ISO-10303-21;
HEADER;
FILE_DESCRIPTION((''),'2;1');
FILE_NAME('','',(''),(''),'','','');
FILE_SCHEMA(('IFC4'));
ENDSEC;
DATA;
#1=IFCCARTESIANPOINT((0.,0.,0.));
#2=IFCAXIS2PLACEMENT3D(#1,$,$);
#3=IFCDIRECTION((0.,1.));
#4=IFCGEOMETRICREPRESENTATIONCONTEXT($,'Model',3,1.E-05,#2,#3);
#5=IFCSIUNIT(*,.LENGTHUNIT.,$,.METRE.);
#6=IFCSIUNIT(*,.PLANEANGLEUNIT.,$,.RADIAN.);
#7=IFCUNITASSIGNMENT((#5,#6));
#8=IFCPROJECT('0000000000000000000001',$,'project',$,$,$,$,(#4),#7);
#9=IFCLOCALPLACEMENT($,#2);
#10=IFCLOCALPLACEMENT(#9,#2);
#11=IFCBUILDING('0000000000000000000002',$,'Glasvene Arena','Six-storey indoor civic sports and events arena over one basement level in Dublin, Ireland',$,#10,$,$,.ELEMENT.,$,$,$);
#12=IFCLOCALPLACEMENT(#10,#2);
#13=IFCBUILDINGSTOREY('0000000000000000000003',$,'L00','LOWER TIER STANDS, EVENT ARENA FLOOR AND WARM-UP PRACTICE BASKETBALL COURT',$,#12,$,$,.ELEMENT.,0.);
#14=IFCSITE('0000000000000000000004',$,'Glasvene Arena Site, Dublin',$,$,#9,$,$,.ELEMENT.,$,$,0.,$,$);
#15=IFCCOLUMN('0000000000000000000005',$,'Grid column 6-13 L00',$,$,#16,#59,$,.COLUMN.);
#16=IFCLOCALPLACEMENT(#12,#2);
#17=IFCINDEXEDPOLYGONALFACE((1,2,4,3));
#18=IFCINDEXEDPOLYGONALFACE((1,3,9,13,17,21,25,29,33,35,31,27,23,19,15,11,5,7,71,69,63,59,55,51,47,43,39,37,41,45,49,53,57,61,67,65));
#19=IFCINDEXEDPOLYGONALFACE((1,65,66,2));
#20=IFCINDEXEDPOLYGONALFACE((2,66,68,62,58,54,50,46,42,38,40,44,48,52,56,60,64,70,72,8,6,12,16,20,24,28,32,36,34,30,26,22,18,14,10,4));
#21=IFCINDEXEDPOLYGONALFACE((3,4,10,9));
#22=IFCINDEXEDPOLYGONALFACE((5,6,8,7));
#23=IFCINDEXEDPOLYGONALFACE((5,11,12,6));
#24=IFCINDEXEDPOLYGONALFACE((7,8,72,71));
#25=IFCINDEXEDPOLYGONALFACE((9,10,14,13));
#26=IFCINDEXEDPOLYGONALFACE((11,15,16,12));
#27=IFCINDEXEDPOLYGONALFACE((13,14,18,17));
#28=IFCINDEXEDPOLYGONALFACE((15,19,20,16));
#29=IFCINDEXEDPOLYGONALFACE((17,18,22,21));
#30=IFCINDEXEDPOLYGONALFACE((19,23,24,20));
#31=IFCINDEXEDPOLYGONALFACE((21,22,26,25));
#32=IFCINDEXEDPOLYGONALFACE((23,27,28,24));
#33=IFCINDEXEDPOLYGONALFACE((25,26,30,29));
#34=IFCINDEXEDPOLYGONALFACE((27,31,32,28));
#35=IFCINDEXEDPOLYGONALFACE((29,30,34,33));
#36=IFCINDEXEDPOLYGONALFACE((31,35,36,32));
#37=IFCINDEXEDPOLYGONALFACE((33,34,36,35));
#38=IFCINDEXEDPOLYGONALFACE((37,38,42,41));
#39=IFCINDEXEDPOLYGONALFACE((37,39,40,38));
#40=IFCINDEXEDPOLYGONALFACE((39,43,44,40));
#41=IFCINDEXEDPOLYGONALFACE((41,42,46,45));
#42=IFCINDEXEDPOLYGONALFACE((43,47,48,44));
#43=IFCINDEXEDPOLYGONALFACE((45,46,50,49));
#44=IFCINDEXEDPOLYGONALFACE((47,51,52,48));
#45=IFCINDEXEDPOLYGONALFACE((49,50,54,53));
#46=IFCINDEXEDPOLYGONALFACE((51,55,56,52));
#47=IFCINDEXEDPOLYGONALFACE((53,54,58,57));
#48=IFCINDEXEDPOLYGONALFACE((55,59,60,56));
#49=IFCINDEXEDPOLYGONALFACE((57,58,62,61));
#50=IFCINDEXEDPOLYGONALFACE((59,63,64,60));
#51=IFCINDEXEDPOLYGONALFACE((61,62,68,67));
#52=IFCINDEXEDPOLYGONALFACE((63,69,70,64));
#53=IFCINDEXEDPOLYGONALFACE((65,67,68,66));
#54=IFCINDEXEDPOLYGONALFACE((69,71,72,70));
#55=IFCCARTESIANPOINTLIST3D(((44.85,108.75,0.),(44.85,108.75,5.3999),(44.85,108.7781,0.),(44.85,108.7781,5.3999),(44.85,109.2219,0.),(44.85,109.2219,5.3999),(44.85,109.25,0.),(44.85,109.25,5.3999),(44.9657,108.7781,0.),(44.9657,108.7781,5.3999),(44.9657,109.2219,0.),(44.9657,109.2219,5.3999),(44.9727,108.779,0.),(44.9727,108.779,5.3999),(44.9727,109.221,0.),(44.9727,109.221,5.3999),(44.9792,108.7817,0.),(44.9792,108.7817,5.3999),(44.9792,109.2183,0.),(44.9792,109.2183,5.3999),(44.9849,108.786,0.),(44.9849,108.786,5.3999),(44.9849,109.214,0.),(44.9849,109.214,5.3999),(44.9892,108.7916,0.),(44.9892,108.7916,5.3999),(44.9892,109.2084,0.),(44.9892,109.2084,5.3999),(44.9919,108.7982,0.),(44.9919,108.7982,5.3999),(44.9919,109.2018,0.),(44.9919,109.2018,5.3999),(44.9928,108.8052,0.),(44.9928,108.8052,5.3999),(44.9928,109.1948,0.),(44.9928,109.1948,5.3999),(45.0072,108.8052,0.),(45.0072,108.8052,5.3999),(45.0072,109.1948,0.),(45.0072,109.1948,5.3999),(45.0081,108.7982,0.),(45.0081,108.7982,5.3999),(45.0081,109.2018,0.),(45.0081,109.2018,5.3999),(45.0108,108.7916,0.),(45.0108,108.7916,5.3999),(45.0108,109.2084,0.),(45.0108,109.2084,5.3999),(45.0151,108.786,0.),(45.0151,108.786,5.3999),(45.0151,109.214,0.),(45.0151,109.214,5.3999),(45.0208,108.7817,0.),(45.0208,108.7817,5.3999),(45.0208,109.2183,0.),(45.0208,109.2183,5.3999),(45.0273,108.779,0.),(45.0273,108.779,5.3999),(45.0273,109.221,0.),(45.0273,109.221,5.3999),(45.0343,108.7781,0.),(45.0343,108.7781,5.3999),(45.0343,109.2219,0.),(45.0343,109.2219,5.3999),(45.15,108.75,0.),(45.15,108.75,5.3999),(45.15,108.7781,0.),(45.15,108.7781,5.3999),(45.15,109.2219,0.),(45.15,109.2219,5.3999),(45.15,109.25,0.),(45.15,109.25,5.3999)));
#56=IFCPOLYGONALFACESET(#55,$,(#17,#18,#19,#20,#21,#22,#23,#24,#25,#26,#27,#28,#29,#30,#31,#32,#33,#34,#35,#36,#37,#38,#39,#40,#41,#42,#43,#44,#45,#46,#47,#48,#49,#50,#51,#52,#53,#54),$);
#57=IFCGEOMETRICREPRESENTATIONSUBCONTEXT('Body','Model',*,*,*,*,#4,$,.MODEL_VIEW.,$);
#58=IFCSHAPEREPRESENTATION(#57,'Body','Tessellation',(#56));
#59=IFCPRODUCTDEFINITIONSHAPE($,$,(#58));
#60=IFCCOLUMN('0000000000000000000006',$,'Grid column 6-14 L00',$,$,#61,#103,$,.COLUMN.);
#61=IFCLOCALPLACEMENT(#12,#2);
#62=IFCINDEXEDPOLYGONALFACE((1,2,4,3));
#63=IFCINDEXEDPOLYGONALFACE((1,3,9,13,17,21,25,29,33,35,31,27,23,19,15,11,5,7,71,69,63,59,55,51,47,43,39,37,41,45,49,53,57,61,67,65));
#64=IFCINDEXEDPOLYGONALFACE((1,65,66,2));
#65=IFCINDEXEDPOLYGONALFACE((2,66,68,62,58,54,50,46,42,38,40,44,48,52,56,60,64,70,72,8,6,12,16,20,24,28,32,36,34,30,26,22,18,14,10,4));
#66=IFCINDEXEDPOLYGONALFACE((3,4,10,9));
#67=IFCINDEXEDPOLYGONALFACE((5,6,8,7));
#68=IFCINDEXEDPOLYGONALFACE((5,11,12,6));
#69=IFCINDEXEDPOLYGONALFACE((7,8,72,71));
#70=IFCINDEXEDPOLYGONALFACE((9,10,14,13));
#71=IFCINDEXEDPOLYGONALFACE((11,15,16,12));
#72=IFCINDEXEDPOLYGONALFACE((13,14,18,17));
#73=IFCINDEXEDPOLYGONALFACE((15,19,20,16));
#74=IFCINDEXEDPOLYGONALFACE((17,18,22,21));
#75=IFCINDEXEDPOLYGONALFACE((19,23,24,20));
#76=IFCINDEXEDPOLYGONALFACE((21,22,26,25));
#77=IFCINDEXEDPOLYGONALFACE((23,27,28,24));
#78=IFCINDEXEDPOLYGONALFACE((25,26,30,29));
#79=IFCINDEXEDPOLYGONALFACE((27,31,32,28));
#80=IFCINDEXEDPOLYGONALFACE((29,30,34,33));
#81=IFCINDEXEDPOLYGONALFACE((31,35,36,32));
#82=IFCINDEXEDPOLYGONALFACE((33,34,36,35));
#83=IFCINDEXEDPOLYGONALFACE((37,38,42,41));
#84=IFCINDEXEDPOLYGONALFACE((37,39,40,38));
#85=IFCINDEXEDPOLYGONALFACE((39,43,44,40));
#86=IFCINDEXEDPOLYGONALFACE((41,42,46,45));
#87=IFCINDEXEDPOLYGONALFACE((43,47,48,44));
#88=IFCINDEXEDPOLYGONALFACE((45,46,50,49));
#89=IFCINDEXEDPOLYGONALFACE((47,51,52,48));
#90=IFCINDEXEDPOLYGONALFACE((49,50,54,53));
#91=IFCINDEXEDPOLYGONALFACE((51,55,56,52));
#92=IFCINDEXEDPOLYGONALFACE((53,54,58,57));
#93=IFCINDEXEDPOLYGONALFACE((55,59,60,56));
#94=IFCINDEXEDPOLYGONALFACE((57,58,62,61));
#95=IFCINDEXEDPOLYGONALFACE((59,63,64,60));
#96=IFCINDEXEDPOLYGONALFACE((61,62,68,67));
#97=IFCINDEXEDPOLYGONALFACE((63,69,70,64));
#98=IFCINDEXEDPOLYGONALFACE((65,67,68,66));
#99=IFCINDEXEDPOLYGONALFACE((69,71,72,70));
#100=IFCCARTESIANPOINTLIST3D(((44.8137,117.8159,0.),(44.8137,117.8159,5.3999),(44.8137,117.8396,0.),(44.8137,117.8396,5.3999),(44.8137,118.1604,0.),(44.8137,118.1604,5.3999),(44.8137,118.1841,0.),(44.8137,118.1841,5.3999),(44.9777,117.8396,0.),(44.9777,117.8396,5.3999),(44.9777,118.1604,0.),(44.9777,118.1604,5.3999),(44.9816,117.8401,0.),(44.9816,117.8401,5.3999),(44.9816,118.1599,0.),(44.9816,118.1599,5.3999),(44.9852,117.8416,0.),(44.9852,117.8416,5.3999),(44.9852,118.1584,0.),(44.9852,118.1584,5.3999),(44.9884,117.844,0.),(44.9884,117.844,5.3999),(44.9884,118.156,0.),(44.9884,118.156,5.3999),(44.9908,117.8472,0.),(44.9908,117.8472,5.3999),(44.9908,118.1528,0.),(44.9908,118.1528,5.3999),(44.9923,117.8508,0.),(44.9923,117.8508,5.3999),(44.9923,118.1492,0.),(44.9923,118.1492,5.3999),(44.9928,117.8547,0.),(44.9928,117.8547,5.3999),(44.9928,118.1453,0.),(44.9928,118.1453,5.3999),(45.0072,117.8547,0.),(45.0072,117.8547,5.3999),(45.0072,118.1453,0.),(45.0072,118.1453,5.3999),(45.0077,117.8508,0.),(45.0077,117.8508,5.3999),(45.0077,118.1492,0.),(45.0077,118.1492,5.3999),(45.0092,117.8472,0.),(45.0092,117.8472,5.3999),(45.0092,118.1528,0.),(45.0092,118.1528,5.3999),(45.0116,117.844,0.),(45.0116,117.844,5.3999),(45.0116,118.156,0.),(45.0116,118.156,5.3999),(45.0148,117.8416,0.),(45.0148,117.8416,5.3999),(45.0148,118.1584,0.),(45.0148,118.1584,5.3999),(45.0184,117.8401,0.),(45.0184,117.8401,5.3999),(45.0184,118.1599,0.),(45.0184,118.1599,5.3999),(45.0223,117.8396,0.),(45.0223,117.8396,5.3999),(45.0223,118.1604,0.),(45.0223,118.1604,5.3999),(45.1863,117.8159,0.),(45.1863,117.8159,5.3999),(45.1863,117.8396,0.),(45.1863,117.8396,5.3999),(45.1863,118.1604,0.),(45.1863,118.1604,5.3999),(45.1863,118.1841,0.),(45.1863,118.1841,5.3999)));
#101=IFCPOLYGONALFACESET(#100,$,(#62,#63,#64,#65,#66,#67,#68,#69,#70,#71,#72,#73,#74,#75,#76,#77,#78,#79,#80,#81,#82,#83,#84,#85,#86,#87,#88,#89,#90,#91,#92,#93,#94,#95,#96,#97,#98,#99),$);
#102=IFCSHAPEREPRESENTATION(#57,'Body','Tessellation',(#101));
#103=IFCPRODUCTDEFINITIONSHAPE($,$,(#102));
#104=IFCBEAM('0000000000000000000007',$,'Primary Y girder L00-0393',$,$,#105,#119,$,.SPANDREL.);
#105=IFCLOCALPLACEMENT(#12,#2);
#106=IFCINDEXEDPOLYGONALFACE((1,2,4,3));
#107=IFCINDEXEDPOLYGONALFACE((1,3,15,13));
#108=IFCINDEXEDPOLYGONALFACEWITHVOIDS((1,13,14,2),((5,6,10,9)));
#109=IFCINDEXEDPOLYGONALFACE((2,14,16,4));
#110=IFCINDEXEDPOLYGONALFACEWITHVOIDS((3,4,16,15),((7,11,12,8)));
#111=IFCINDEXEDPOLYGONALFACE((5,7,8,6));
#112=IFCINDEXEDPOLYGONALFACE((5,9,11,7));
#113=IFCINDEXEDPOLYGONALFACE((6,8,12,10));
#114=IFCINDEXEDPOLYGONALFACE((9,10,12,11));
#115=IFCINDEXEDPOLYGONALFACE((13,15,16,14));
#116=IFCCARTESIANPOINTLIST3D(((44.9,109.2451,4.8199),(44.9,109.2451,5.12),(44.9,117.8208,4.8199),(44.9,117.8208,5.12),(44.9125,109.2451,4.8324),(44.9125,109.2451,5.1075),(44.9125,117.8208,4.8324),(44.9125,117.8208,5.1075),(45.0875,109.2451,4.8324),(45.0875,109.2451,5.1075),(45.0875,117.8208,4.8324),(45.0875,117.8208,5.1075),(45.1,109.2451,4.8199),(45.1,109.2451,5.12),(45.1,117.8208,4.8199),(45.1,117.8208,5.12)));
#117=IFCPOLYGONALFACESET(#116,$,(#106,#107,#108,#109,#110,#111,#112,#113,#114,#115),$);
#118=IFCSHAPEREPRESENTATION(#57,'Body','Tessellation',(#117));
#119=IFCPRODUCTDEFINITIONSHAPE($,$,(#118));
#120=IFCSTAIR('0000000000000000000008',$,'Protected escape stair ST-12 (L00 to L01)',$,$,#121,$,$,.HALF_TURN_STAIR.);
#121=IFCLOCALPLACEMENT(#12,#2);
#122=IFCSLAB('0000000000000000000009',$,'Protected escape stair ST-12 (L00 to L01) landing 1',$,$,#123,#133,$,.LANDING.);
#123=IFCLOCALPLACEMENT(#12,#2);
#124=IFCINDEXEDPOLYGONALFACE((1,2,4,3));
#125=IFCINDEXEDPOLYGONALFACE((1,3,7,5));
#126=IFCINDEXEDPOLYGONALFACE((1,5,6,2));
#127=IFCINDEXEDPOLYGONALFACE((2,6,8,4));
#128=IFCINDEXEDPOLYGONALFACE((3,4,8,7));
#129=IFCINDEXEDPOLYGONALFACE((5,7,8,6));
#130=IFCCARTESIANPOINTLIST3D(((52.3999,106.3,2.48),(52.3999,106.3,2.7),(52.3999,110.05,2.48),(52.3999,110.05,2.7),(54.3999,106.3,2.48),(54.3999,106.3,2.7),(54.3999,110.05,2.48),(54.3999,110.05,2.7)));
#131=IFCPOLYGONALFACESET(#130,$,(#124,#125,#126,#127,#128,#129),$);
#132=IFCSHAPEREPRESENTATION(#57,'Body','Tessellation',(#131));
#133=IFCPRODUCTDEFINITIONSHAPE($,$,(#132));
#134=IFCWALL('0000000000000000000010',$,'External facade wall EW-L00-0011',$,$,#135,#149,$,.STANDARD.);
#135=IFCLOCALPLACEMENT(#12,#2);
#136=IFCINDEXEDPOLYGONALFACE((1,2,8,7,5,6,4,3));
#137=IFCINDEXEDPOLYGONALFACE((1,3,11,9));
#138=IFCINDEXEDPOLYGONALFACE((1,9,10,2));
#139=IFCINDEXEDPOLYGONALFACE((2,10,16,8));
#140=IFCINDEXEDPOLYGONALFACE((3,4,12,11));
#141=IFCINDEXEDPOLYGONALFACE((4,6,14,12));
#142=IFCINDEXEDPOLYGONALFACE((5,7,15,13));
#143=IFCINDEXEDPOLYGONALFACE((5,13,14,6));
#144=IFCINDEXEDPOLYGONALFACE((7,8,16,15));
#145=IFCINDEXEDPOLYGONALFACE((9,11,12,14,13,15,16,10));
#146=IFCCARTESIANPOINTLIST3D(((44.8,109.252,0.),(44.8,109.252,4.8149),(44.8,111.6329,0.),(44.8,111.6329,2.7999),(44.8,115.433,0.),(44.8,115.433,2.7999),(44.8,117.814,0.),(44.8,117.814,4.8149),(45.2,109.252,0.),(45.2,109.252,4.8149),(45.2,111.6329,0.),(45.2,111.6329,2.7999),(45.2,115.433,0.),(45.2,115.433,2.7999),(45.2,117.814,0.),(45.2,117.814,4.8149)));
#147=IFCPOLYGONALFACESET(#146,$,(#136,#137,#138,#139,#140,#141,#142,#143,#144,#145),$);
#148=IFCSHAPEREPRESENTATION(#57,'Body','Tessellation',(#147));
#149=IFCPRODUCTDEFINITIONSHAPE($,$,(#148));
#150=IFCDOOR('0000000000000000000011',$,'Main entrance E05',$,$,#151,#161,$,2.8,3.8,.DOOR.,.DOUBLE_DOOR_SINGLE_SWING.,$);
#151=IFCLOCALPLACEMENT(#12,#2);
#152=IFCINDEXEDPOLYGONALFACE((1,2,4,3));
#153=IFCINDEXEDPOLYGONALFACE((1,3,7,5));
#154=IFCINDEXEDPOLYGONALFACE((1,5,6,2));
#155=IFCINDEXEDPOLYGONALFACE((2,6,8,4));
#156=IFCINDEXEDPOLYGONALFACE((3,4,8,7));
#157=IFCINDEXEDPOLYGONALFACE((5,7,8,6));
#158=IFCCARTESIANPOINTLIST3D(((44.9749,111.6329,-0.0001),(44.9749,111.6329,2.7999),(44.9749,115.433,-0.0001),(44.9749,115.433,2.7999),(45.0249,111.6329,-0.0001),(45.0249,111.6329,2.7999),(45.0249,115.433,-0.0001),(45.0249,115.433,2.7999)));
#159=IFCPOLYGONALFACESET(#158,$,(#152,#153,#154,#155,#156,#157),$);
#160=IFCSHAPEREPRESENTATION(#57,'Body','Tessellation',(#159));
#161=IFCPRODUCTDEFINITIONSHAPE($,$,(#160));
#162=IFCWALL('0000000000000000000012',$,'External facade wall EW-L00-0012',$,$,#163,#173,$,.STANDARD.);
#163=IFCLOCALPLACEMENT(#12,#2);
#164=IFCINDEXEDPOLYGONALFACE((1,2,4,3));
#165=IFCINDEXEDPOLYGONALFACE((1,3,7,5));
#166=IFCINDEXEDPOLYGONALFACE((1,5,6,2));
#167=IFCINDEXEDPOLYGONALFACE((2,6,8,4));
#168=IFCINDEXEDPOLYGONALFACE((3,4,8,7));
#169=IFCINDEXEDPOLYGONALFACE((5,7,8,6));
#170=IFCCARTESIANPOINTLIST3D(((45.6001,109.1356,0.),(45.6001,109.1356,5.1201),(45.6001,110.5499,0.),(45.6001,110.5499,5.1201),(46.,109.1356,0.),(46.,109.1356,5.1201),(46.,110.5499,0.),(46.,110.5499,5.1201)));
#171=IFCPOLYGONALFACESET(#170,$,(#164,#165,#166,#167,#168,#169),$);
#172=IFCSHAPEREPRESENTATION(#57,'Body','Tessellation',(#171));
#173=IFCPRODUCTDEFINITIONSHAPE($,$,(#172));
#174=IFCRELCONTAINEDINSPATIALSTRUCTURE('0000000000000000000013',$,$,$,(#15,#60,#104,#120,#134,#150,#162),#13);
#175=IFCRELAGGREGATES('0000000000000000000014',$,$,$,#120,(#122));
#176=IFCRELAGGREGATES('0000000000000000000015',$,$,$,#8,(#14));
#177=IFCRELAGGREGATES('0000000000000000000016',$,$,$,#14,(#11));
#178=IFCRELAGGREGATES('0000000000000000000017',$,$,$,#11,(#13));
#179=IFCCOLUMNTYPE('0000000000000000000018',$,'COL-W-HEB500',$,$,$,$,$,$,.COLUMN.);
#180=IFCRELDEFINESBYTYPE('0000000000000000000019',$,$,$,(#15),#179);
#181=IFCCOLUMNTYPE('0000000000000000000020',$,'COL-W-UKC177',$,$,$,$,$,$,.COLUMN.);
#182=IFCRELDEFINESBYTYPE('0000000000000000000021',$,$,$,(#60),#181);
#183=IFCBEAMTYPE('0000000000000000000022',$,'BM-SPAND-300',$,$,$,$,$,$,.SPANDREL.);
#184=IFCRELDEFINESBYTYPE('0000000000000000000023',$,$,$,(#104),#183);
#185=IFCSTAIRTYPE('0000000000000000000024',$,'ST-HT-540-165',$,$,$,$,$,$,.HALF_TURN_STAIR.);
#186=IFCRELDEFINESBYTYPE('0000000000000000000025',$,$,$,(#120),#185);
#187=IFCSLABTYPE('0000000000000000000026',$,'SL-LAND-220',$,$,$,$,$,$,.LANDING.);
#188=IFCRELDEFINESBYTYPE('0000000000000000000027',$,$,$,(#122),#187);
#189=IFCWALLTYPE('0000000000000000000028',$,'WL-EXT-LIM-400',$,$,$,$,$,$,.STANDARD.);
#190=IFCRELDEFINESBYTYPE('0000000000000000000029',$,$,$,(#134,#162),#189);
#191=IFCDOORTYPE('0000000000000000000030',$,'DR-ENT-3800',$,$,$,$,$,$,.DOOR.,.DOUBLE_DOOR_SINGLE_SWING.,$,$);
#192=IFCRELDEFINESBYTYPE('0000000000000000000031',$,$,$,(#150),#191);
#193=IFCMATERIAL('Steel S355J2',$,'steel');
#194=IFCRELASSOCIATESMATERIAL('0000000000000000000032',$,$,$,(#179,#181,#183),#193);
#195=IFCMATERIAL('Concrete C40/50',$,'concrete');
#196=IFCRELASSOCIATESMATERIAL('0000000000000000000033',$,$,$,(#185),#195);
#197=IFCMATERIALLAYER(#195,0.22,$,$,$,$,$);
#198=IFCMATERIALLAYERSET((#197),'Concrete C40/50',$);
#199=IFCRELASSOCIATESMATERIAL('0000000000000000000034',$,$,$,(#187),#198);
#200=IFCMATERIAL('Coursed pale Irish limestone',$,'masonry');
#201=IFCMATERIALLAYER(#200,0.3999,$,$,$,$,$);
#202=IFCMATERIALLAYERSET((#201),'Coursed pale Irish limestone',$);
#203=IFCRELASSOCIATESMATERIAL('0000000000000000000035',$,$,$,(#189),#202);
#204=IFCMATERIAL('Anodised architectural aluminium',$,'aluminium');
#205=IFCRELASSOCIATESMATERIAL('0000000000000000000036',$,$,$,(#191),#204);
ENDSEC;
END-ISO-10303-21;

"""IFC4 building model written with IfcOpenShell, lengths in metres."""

from ifc_helpers import new_model, si_unit, direction, frame, frame_2d, origin, origin_2d, place, context, subcontext, project, spatial, polyline, rectangle, hollow_rectangle, i_section, outline, extrude, material, layer, layer_set, material_profile, profile_set, type_object, element, fill, aggregate, save


model = new_model("IFC4")

# Units and contexts
model_context = context("Model", 3, precision=1e-05, world=origin(), true_north=direction((0.0, 1.0)))
body_context = subcontext(model_context, "Body", "Model", "MODEL_VIEW")
ifc_project = project(units=[si_unit("LENGTHUNIT", "METRE"), si_unit("PLANEANGLEUNIT", "RADIAN")], contexts=[model_context])

# Site, building, storey
site_placement = place(None, origin())
site = spatial("IfcSite", under=ifc_project, at=site_placement, Name="Glasvene Arena Site, Dublin", CompositionType="ELEMENT", RefElevation=0.0)
building_placement = place(site_placement, origin())
building = spatial("IfcBuilding", under=site, at=building_placement, Name="Glasvene Arena", Description="Six-storey indoor civic sports and events arena over one basement level in Dublin, Ireland", CompositionType="ELEMENT")
storey_placement = place(building_placement, origin())
storey = spatial("IfcBuildingStorey", under=building, at=storey_placement, Name="L00", Description="LOWER TIER STANDS, EVENT ARENA FLOOR AND WARM-UP PRACTICE BASKETBALL COURT", CompositionType="ELEMENT", Elevation=0.0)

# Columns
ifc_material_1 = material(Name="Steel S355J2", Category="steel")
ifc_material_profile_1 = material_profile(ifc_material_1, i_section(OverallWidth=0.3, OverallDepth=0.5, WebThickness=0.0144, FlangeThickness=0.0281, FilletRadius=0.0271, at=origin_2d()), Name="HEB 500")
ifc_profile_set_1 = profile_set([ifc_material_profile_1], Name="Steel S355J2")
column_type_1 = type_object("IfcColumnType", Name="COL-W-HEB500", PredefinedType="COLUMN", material=ifc_profile_set_1)
column_1_placement = place(storey_placement, frame((45.0, 109.0, 0.0), z_axis=(0.0, 0.0, 1.0), x_axis=(1.0, 0.0, 0.0)))
element("IfcColumn", 1, at=column_1_placement, inside=storey, type_object=column_type_1, Name="Grid column 6-13 L00", PredefinedType="COLUMN", context=body_context, shape_type="SweptSolid", body=[
    extrude(i_section(OverallWidth=0.3, OverallDepth=0.5, WebThickness=0.0144, FlangeThickness=0.0281, FilletRadius=0.0271, at=origin_2d()), origin(), (0.0, 0.0, 1.0), 5.3999),
])
ifc_material_profile_2 = material_profile(ifc_material_1, i_section(OverallWidth=0.3726, OverallDepth=0.3682, WebThickness=0.0144, FlangeThickness=0.0237, FilletRadius=0.0151, at=origin_2d()), Name="UKC 356x368x177")
ifc_profile_set_2 = profile_set([ifc_material_profile_2], Name="Steel S355J2")
column_type_2 = type_object("IfcColumnType", Name="COL-W-UKC177", PredefinedType="COLUMN", material=ifc_profile_set_2)
column_2_placement = place(storey_placement, frame((45.0, 118.0, 0.0), z_axis=(0.0, 0.0, 1.0), x_axis=(1.0, 0.0, 0.0)))
element("IfcColumn", 2, at=column_2_placement, inside=storey, type_object=column_type_2, Name="Grid column 6-14 L00", PredefinedType="COLUMN", context=body_context, shape_type="SweptSolid", body=[
    extrude(i_section(OverallWidth=0.3726, OverallDepth=0.3682, WebThickness=0.0144, FlangeThickness=0.0237, FilletRadius=0.0151, at=origin_2d()), origin(), (0.0, 0.0, 1.0), 5.3999),
])

# Beam
ifc_material_profile_3 = material_profile(ifc_material_1, hollow_rectangle(XDim=0.2, YDim=0.3, WallThickness=0.0125, at=origin_2d()), Name="RHS 300x200x12.5")
ifc_profile_set_3 = profile_set([ifc_material_profile_3], Name="Steel S355J2")
beam_type = type_object("IfcBeamType", Name="BM-SPAND-300", PredefinedType="SPANDREL", material=ifc_profile_set_3)
beam_placement = place(storey_placement, frame((45.0, 109.2451, 4.97), z_axis=(0.0, 1.0, 0.0), x_axis=(-1.0, 0.0, 0.0)))
element("IfcBeam", 3, at=beam_placement, inside=storey, type_object=beam_type, Name="Primary Y girder L00-0393", PredefinedType="SPANDREL", context=body_context, shape_type="SweptSolid", body=[
    extrude(hollow_rectangle(XDim=0.2, YDim=0.3, WallThickness=0.0125, at=origin_2d()), origin(), (0.0, 0.0, 1.0), 8.5757),
])

# Shared definitions
ifc_material_2 = material(Name="Concrete C40/50", Category="concrete")

# Stair, slab
stair_type = type_object("IfcStairType", Name="ST-HT-540-165", PredefinedType="HALF_TURN_STAIR", material=ifc_material_2)
stair_placement = place(storey_placement, origin())
stair = element("IfcStair", 4, at=stair_placement, inside=storey, type_object=stair_type, Name="Protected escape stair ST-12 (L00 to L01)", PredefinedType="HALF_TURN_STAIR")
ifc_layer_1 = layer(ifc_material_2, 0.22)
ifc_layer_set_1 = layer_set([ifc_layer_1], Name="Concrete C40/50")
slab_type_1 = type_object("IfcSlabType", Name="SL-LAND-220", PredefinedType="LANDING", material=ifc_layer_set_1)
slab_1_placement = place(storey_placement, frame((53.3999, 108.175, 2.48)))
slab_1 = element("IfcSlab", 5, at=slab_1_placement, type_object=slab_type_1, Name="Protected escape stair ST-12 (L00 to L01) landing 1", PredefinedType="LANDING", context=body_context, shape_type="SweptSolid", body=[
    extrude(outline(polyline([(-1.0, -1.875), (1.0, -1.875), (1.0, 1.875), (-1.0, 1.875), (-1.0, -1.875)])), origin(), (0.0, 0.0, 1.0), 0.22),
])

# Wall, opening, door
ifc_material_3 = material(Name="Coursed pale Irish limestone", Category="masonry")
ifc_layer_2 = layer(ifc_material_3, 0.3999)
ifc_layer_set_2 = layer_set([ifc_layer_2], Name="Coursed pale Irish limestone")
wall_type_1 = type_object("IfcWallType", Name="WL-EXT-LIM-400", PredefinedType="STANDARD", material=ifc_layer_set_2)
wall_1_placement = place(storey_placement, frame((45.0, 117.814, 0.0), z_axis=(0.0, 0.0, 1.0), x_axis=(0.0, -1.0, 0.0)))
wall_1 = element("IfcWall", 6, at=wall_1_placement, inside=storey, type_object=wall_type_1, Name="External facade wall EW-L00-0011", PredefinedType="STANDARD", context=body_context, shape_type="SweptSolid", body=[
    extrude(rectangle(XDim=8.562, YDim=0.3999, at=frame_2d((4.281, 0.0))), origin(), (0.0, 0.0, 1.0), 4.8149),
])
opening_1_placement = place(wall_1_placement, frame((2.3811, 0.0, 0.0)))
opening_1 = element("IfcOpeningElement", 7, at=opening_1_placement, cuts=wall_1, PredefinedType="OPENING", context=body_context, shape_type="SweptSolid", body=[
    extrude(rectangle(XDim=3.8, YDim=2.8, at=frame_2d((1.8999, 1.3999))), frame((0.0, 0.21, 0.0), z_axis=(0.0, -1.0, 0.0), x_axis=(1.0, 0.0, 0.0)), (0.0, 0.0, 1.0), 0.4199),
])
ifc_material_4 = material(Name="Anodised architectural aluminium", Category="aluminium")
door_type_1 = type_object("IfcDoorType", Name="DR-ENT-3800", OperationType="DOUBLE_DOOR_SINGLE_SWING", PredefinedType="DOOR", material=ifc_material_4)
door_1_placement = place(opening_1_placement, origin())
door_1 = element("IfcDoor", 8, at=door_1_placement, inside=storey, type_object=door_type_1, Name="Main entrance E05", OperationType="DOUBLE_DOOR_SINGLE_SWING", OverallHeight=2.8, OverallWidth=3.8, PredefinedType="DOOR", context=body_context, shape_type="SweptSolid", body=[
    extrude(rectangle(XDim=3.8, YDim=2.8, at=frame_2d((1.8999, 1.3999))), frame((0.0, 0.0249, 0.0), z_axis=(0.0, -1.0, 0.0), x_axis=(1.0, 0.0, 0.0)), (0.0, 0.0, 1.0), 0.05),
])
fill(opening_1, door_1)

# Wall
wall_2_placement = place(storey_placement, frame((45.8, 109.1357, 0.0), z_axis=(0.0, 0.0, 1.0), x_axis=(0.0, 1.0, 0.0)))
element("IfcWall", 9, at=wall_2_placement, inside=storey, type_object=wall_type_1, Name="External facade wall EW-L00-0012", PredefinedType="STANDARD", context=body_context, shape_type="SweptSolid", body=[
    extrude(rectangle(XDim=1.4143, YDim=0.3999, at=frame_2d((0.707, 0.0))), origin(), (0.0, 0.0, 1.0), 5.1201),
])

aggregate(stair, [slab_1])

save(model, "model.ifc")
